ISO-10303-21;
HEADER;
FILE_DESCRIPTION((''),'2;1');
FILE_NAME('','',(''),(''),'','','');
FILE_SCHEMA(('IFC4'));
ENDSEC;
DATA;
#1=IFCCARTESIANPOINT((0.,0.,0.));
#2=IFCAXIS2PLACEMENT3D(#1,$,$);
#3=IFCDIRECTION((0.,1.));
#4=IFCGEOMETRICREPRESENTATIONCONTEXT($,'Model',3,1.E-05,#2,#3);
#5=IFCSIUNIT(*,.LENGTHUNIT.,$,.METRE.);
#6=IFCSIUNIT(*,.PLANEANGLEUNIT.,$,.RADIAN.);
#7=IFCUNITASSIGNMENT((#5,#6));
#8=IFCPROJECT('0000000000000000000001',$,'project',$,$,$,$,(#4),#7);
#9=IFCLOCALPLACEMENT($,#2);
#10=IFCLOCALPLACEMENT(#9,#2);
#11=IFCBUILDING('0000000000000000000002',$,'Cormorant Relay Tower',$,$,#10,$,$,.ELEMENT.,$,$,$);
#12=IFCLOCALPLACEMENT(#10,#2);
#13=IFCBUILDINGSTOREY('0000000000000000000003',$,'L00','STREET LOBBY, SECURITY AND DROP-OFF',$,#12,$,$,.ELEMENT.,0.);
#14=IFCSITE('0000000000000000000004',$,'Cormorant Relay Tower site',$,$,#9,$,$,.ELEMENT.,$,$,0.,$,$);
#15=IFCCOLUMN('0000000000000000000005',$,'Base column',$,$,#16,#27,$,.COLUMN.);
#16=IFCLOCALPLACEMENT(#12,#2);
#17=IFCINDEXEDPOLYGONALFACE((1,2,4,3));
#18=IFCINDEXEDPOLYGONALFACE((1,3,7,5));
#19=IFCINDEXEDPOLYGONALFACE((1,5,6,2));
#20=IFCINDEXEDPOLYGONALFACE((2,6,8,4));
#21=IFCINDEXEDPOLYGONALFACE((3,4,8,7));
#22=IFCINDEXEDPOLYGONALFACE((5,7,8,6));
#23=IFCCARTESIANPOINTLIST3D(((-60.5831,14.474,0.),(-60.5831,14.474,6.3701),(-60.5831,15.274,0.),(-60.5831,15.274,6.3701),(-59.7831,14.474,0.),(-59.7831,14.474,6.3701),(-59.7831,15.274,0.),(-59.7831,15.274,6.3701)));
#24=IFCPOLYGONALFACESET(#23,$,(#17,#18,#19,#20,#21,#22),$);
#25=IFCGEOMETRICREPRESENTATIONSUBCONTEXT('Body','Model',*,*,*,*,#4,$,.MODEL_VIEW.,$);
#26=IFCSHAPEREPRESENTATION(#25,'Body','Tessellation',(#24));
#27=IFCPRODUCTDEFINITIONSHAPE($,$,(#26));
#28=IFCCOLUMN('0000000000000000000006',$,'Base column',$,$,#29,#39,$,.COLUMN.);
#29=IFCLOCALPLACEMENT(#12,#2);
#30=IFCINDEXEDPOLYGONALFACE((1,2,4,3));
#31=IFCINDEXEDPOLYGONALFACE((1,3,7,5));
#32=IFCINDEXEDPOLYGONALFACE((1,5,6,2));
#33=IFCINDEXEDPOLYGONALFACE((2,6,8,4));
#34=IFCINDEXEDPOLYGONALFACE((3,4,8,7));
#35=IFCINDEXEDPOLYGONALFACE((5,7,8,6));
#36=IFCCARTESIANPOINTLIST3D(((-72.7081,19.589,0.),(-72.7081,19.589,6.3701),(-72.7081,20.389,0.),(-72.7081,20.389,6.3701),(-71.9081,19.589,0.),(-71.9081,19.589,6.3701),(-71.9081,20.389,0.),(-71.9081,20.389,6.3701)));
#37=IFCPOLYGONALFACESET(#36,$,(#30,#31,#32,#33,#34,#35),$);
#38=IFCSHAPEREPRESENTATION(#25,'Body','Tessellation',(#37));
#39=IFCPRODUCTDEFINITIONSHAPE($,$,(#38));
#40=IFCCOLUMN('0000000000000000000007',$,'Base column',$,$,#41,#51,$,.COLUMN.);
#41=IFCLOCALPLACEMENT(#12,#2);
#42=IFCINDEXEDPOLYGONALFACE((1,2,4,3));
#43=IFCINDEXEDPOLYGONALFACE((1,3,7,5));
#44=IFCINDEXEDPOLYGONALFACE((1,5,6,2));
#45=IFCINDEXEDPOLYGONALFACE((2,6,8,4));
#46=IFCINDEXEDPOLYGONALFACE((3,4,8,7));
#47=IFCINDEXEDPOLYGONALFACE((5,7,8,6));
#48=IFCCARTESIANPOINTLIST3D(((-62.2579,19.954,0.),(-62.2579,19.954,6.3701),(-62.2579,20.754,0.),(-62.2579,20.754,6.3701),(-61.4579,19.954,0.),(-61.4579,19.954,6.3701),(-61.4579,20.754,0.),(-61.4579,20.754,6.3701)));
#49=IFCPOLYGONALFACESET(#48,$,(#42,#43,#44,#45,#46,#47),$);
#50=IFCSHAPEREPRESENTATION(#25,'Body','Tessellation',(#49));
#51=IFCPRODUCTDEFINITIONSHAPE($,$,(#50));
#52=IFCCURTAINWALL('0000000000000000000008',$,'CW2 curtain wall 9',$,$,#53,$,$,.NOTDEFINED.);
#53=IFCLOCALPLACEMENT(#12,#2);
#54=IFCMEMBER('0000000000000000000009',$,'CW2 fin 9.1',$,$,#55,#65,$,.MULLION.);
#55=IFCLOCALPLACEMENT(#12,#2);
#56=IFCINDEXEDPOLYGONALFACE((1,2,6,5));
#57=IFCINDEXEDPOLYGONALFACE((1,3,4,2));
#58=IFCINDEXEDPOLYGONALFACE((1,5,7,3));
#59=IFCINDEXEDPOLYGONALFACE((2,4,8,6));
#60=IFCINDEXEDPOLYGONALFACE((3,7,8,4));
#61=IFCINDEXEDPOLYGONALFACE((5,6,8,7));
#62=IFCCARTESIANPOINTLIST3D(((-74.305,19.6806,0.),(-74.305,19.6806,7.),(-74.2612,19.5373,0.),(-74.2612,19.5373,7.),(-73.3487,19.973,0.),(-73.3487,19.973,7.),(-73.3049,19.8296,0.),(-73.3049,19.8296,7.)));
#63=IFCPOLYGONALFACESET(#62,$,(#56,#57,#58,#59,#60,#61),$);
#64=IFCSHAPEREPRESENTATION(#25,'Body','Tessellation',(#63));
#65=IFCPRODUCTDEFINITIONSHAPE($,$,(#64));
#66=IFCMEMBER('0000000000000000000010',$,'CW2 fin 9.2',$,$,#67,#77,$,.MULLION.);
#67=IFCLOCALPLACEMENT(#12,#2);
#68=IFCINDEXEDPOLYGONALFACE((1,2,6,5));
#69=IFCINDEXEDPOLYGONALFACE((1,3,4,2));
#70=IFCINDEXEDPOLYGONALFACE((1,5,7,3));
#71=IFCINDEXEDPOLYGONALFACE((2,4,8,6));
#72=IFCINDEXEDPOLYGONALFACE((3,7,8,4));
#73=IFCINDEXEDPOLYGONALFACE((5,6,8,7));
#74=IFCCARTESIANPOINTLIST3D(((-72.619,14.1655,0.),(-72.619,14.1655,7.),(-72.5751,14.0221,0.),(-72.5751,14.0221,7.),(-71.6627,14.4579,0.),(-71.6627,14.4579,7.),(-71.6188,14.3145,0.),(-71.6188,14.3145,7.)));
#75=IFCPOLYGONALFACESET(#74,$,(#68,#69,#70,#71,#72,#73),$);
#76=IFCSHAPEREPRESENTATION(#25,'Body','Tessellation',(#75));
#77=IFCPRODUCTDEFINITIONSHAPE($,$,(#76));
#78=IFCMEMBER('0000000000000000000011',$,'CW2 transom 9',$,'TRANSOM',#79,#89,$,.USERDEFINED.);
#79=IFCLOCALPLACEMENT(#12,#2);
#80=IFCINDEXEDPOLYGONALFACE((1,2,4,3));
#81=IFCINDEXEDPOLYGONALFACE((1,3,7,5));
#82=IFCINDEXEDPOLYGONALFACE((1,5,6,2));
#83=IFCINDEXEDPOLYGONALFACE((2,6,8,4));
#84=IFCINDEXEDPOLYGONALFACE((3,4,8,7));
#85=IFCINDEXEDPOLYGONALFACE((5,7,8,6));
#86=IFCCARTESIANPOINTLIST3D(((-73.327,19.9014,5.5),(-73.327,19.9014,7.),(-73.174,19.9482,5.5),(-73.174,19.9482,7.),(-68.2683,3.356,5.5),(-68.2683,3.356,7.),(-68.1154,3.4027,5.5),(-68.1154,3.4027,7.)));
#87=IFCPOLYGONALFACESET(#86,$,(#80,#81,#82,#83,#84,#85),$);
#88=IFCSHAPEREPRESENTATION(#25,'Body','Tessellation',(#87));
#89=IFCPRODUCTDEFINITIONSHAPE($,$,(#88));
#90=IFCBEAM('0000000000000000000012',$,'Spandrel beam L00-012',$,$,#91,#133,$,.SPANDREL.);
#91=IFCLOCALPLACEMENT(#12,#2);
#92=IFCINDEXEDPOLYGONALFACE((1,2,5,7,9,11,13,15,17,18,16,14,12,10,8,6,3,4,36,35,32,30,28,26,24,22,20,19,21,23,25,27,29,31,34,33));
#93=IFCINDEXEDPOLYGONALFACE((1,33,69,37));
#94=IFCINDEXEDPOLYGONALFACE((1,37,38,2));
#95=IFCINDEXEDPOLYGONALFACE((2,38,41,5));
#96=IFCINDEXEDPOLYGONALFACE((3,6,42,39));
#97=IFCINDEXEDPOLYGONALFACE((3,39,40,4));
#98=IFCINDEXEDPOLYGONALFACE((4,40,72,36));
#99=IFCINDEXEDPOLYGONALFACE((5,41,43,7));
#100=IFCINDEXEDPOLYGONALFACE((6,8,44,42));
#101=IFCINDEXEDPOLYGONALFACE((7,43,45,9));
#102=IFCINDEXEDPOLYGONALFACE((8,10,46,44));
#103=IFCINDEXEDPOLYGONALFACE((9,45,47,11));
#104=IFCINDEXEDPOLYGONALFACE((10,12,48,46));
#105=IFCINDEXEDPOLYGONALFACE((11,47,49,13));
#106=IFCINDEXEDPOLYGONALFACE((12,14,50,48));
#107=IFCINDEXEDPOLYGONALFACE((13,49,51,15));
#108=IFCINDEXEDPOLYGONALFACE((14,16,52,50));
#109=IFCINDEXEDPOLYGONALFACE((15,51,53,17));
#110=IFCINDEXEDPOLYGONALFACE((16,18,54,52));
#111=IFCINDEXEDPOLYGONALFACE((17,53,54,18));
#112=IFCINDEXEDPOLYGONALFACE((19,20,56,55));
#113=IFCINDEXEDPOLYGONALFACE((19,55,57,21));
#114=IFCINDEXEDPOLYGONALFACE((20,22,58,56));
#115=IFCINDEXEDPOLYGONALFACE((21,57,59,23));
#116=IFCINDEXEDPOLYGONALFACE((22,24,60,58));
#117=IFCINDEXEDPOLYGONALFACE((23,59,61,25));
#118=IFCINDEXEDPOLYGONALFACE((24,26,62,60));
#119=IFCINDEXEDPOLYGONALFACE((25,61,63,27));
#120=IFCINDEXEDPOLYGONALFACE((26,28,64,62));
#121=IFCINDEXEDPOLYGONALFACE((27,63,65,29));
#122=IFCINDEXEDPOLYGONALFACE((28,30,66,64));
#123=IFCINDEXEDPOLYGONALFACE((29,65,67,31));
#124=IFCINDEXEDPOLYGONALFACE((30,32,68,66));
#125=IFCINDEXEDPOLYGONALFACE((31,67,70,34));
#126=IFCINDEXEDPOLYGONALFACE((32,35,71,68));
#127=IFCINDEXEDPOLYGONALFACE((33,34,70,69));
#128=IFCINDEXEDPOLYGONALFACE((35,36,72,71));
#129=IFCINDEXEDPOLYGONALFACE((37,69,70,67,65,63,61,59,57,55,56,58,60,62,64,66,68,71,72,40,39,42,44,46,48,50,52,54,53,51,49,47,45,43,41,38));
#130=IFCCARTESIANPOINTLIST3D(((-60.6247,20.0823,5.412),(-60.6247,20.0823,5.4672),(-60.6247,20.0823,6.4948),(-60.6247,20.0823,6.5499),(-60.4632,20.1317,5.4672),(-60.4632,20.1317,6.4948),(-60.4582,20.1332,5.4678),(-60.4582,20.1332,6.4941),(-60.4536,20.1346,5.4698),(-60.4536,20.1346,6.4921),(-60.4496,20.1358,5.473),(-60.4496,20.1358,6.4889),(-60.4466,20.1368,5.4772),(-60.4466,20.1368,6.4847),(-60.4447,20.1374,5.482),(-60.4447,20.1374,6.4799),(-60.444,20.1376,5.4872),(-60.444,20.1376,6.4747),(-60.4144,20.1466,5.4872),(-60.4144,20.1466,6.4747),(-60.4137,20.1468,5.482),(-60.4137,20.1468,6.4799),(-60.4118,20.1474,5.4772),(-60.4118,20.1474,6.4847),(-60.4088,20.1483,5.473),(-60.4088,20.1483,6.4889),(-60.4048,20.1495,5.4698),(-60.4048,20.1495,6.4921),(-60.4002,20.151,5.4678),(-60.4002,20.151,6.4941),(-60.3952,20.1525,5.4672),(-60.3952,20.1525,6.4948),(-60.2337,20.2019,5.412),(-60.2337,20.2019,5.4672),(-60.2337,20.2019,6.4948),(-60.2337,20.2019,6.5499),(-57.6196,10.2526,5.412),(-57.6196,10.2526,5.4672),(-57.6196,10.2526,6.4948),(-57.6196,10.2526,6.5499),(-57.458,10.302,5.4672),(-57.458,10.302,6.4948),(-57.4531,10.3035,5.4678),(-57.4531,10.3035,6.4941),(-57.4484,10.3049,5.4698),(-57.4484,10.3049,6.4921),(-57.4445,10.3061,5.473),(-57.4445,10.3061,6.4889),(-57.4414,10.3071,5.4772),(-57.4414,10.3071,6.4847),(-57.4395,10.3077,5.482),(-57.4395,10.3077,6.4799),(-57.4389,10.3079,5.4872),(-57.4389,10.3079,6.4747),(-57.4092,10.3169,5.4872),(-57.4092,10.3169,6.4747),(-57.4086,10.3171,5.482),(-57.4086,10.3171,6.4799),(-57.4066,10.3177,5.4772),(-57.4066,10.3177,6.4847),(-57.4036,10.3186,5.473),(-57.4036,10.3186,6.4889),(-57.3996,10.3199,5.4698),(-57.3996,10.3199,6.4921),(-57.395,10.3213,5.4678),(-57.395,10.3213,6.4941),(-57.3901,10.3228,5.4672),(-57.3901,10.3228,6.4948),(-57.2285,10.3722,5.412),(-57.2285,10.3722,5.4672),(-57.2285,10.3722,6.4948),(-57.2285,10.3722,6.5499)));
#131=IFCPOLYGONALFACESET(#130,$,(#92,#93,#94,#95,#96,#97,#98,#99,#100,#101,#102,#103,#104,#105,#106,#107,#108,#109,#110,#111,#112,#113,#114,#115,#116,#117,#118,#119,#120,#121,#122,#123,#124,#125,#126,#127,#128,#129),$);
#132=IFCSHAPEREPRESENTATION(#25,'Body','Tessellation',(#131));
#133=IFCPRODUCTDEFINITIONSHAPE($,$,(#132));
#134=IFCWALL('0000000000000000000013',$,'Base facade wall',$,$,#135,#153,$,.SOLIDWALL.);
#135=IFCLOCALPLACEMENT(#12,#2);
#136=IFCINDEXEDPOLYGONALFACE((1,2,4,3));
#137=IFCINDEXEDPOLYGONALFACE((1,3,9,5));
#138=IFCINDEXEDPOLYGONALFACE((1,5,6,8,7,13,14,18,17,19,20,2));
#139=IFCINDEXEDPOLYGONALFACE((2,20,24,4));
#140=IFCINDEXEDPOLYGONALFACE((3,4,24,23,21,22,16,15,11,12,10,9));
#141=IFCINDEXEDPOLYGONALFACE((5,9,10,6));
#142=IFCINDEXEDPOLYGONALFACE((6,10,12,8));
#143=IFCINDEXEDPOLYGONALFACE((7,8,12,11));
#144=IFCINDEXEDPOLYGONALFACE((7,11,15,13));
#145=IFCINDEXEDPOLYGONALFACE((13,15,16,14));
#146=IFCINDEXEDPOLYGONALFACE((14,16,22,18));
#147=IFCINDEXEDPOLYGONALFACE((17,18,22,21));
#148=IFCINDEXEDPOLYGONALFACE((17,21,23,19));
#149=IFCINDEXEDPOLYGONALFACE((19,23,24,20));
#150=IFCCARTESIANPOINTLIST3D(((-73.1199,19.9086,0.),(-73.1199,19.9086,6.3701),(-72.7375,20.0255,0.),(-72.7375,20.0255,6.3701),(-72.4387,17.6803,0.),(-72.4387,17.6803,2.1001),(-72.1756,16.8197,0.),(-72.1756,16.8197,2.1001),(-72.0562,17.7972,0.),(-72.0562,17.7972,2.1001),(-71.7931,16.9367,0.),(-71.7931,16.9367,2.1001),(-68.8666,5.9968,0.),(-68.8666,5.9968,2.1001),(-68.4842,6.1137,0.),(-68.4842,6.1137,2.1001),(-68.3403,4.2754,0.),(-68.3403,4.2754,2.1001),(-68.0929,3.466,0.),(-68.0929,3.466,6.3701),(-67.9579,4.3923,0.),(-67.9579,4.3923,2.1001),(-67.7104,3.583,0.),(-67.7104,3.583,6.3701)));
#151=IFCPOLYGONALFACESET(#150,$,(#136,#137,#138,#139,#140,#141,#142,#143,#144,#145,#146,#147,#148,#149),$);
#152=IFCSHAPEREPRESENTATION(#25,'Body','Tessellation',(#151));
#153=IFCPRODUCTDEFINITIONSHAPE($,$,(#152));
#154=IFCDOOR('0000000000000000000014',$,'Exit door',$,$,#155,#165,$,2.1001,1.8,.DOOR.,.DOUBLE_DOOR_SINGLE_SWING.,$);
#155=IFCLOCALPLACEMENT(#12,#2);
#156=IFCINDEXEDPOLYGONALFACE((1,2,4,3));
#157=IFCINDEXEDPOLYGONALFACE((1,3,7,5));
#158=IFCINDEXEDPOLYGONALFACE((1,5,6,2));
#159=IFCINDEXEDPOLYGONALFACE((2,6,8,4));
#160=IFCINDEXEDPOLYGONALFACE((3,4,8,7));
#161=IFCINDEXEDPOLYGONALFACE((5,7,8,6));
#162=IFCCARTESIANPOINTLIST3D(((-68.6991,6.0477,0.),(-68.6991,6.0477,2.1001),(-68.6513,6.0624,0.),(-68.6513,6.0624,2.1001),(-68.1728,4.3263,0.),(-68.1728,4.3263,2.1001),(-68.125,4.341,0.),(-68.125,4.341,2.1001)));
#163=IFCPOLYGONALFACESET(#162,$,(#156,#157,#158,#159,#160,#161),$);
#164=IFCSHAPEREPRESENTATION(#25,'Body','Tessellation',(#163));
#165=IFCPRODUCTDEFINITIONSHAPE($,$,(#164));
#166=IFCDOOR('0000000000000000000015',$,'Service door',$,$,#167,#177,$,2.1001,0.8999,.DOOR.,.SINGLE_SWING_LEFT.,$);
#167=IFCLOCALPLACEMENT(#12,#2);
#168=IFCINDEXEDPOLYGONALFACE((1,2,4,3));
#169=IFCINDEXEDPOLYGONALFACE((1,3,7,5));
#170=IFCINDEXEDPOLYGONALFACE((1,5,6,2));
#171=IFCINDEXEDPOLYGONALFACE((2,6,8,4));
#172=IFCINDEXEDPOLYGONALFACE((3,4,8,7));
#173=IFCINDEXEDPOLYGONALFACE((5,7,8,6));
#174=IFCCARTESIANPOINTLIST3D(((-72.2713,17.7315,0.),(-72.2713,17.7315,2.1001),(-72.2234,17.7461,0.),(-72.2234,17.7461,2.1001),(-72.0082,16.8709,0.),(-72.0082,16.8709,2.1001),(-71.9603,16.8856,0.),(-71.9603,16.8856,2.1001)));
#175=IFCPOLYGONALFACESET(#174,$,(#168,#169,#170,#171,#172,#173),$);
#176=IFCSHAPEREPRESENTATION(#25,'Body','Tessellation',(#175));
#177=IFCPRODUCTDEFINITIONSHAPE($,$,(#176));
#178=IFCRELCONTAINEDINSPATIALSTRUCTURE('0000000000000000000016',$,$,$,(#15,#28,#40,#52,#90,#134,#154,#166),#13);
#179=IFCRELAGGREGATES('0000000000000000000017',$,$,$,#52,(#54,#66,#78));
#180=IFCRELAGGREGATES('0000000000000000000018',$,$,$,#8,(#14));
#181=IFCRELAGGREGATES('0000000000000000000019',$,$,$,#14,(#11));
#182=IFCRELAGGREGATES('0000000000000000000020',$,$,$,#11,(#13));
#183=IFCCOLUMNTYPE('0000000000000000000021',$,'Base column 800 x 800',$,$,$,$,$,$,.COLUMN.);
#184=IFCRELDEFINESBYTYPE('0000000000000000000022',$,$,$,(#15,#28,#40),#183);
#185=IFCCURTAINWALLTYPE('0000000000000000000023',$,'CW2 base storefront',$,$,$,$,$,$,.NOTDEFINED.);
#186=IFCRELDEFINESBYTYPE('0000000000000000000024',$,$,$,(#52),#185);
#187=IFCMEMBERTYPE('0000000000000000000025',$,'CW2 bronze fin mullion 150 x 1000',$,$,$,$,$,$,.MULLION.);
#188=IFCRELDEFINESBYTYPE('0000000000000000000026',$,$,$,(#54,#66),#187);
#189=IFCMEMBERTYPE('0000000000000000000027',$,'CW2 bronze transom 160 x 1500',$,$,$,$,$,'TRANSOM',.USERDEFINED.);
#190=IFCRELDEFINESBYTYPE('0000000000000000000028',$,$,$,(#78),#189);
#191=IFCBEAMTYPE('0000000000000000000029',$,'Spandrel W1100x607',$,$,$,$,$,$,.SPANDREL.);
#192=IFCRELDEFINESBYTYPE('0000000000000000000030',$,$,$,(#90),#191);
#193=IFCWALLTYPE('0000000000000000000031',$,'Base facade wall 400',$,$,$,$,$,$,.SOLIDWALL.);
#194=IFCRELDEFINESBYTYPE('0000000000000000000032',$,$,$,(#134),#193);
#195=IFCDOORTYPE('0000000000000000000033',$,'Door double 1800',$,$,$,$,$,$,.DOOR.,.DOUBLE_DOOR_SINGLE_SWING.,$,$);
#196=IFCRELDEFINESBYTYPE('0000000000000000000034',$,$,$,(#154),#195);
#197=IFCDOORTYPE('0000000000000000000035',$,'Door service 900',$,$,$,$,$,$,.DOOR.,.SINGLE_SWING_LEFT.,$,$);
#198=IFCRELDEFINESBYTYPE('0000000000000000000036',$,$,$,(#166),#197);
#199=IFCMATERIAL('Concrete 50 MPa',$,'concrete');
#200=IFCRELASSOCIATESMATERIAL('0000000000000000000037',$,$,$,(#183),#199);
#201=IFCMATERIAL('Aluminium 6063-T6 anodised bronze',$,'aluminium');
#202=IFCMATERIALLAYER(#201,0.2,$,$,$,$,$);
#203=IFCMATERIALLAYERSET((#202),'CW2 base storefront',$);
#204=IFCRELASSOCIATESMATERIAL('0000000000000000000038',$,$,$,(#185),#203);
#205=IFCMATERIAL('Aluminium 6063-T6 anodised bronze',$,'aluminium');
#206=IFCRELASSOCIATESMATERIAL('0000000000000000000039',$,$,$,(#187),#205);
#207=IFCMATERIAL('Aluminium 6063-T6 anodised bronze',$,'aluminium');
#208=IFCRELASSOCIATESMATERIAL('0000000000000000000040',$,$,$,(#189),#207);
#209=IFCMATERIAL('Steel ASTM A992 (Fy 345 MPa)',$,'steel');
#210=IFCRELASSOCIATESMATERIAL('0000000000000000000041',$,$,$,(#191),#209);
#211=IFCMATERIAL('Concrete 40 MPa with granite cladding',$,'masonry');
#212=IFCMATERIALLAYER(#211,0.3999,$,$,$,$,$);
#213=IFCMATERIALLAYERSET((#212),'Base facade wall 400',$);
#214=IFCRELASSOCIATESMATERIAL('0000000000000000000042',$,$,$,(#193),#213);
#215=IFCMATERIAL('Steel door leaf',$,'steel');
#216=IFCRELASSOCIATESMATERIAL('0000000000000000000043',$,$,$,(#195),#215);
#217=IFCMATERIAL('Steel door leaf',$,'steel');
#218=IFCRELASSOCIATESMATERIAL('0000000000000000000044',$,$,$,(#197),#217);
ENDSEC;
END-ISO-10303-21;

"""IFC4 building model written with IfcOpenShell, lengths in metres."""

from ifc_helpers import new_model, si_unit, direction, frame, frame_2d, origin, origin_2d, place, context, subcontext, project, spatial, rectangle, i_section, extrude, material, layer, layer_set, material_profile, profile_set, type_object, element, fill, aggregate, save


model = new_model("IFC4")

# Units and contexts
model_context = context("Model", 3, precision=1e-05, world=origin(), true_north=direction((0.0, 1.0)))
body_context = subcontext(model_context, "Body", "Model", "MODEL_VIEW")
ifc_project = project(units=[si_unit("LENGTHUNIT", "METRE"), si_unit("PLANEANGLEUNIT", "RADIAN")], contexts=[model_context])

# Site, building, storey
site_placement = place(None, origin())
site = spatial("IfcSite", under=ifc_project, at=site_placement, Name="Cormorant Relay Tower site", CompositionType="ELEMENT", RefElevation=0.0)
building_placement = place(site_placement, origin())
building = spatial("IfcBuilding", under=site, at=building_placement, Name="Cormorant Relay Tower", CompositionType="ELEMENT")
storey_placement = place(building_placement, origin())
storey = spatial("IfcBuildingStorey", under=building, at=storey_placement, Name="L00", Description="STREET LOBBY, SECURITY AND DROP-OFF", CompositionType="ELEMENT", Elevation=0.0)

# Columns
ifc_material_1 = material(Name="Concrete 50 MPa", Category="concrete")
ifc_material_profile_1 = material_profile(ifc_material_1, rectangle(XDim=0.8, YDim=0.8, at=origin_2d()), Name="RC 800x800")
ifc_profile_set_1 = profile_set([ifc_material_profile_1], Name="Concrete 50 MPa")
column_type = type_object("IfcColumnType", Name="Base column 800 x 800", PredefinedType="COLUMN", material=ifc_profile_set_1)
for number, where, z_axis, x_axis, name in (
    (1, (-60.1831, 14.874, 0.0), (0.0, 0.0, 1.0), (1.0, 0.0, 0.0), "Base column"),
    (2, (-72.3081, 19.989, 0.0), (0.0, 0.0, 1.0), (1.0, 0.0, 0.0), "Base column"),
    (3, (-61.8579, 20.354, 0.0), (0.0, 0.0, 1.0), (1.0, 0.0, 0.0), "Base column"),
):
    element("IfcColumn", number, at=place(storey_placement, frame(where, z_axis=z_axis, x_axis=x_axis)), inside=storey, type_object=column_type, Name=name, PredefinedType="COLUMN", context=body_context, shape_type="SweptSolid", body=[
        extrude(rectangle(XDim=0.8, YDim=0.8, at=origin_2d()), origin(), (0.0, 0.0, 1.0), 6.3701),
    ])

# Curtain wall, members
ifc_material_2 = material(Name="Aluminium 6063-T6 anodised bronze", Category="aluminium")
ifc_layer_1 = layer(ifc_material_2, 0.2)
ifc_layer_set_1 = layer_set([ifc_layer_1], Name="CW2 base storefront")
curtain_wall_type = type_object("IfcCurtainWallType", Name="CW2 base storefront", PredefinedType="NOTDEFINED", material=ifc_layer_set_1)
curtain_wall_placement = place(storey_placement, origin())
curtain_wall = element("IfcCurtainWall", 4, at=curtain_wall_placement, inside=storey, type_object=curtain_wall_type, Name="CW2 curtain wall 9", PredefinedType="NOTDEFINED")
ifc_material_3 = material(Name="Aluminium 6063-T6 anodised bronze", Category="aluminium")
ifc_material_profile_2 = material_profile(ifc_material_3, rectangle(XDim=0.1499, YDim=1.0, at=origin_2d()), Name="AL 150x1000")
ifc_profile_set_2 = profile_set([ifc_material_profile_2], Name="Aluminium 6063-T6 anodised bronze")
member_type_1 = type_object("IfcMemberType", Name="CW2 bronze fin mullion 150 x 1000", PredefinedType="MULLION", material=ifc_profile_set_2)
member_1_placement = place(storey_placement, frame((-73.8049, 19.7551, 0.0), z_axis=(0.0, 0.0, 1.0), x_axis=(0.292372, -0.956305, 0.0)))
member_1 = element("IfcMember", 5, at=member_1_placement, type_object=member_type_1, Name="CW2 fin 9.1", PredefinedType="MULLION", context=body_context, shape_type="SweptSolid", body=[
    extrude(rectangle(XDim=0.1499, YDim=1.0, at=origin_2d()), origin(), (0.0, 0.0, 1.0), 7.0),
])
member_2_placement = place(storey_placement, frame((-72.1189, 14.24, 0.0), z_axis=(0.0, 0.0, 1.0), x_axis=(0.292372, -0.956305, 0.0)))
member_2 = element("IfcMember", 6, at=member_2_placement, type_object=member_type_1, Name="CW2 fin 9.2", PredefinedType="MULLION", context=body_context, shape_type="SweptSolid", body=[
    extrude(rectangle(XDim=0.1499, YDim=1.0, at=origin_2d()), origin(), (0.0, 0.0, 1.0), 7.0),
])
ifc_material_4 = material(Name="Aluminium 6063-T6 anodised bronze", Category="aluminium")
ifc_material_profile_3 = material_profile(ifc_material_4, rectangle(XDim=0.1599, YDim=1.5, at=origin_2d()), Name="AL 160x1500")
ifc_profile_set_3 = profile_set([ifc_material_profile_3], Name="Aluminium 6063-T6 anodised bronze")
member_type_2 = type_object("IfcMemberType", Name="CW2 bronze transom 160 x 1500", ElementType="TRANSOM", PredefinedType="USERDEFINED", material=ifc_profile_set_3)
member_3_placement = place(storey_placement, frame((-73.2505, 19.9248, 6.25), z_axis=(0.29238, -0.956302, 0.0), x_axis=(0.956302, 0.29238, 0.0)))
member_3 = element("IfcMember", 7, at=member_3_placement, type_object=member_type_2, Name="CW2 transom 9", ObjectType="TRANSOM", PredefinedType="USERDEFINED", context=body_context, shape_type="SweptSolid", body=[
    extrude(rectangle(XDim=0.1599, YDim=1.5, at=origin_2d()), origin(), (0.0, 0.0, 1.0), 17.3015),
])
aggregate(curtain_wall, [member_1, member_2, member_3])

# Beam
ifc_material_5 = material(Name="Steel ASTM A992 (Fy 345 MPa)", Category="steel")
ifc_material_profile_4 = material_profile(ifc_material_5, i_section(OverallWidth=0.4089, OverallDepth=1.1379, WebThickness=0.031, FlangeThickness=0.0552, FilletRadius=0.02, at=origin_2d()), Name="W1100x607")
ifc_profile_set_4 = profile_set([ifc_material_profile_4], Name="Steel ASTM A992 (Fy 345 MPa)")
beam_type = type_object("IfcBeamType", Name="Spandrel W1100x607", PredefinedType="SPANDREL", material=ifc_profile_set_4)
beam_placement = place(storey_placement, frame((-60.4292, 20.1421, 5.981), z_axis=(0.292365, -0.956307, 0.0), x_axis=(0.956307, 0.292365, 0.0)))
element("IfcBeam", 8, at=beam_placement, inside=storey, type_object=beam_type, Name="Spandrel beam L00-012", PredefinedType="SPANDREL", context=body_context, shape_type="SweptSolid", body=[
    extrude(i_section(OverallWidth=0.4089, OverallDepth=1.1379, WebThickness=0.031, FlangeThickness=0.0552, FilletRadius=0.02, at=origin_2d()), origin(), (0.0, 0.0, 1.0), 10.2788),
])

# Wall, openings, doors
ifc_material_6 = material(Name="Concrete 40 MPa with granite cladding", Category="masonry")
ifc_layer_2 = layer(ifc_material_6, 0.3999)
ifc_layer_set_2 = layer_set([ifc_layer_2], Name="Base facade wall 400")
wall_type_1 = type_object("IfcWallType", Name="Base facade wall 400", PredefinedType="SOLIDWALL", material=ifc_layer_set_2)
wall_1_placement = place(storey_placement, frame((-72.9287, 19.967, 0.0), z_axis=(0.0, 0.0, 1.0), x_axis=(0.292376, -0.956303, 0.0)))
wall_1 = element("IfcWall", 9, at=wall_1_placement, inside=storey, type_object=wall_type_1, Name="Base facade wall", PredefinedType="SOLIDWALL", context=body_context, shape_type="SweptSolid", body=[
    extrude(rectangle(XDim=17.1938, YDim=0.3999, at=frame_2d((8.5969, 0.0))), origin(), (0.0, 0.0, 1.0), 6.3701),
])
opening_1_placement = place(wall_1_placement, frame((2.3301, 0.0, 0.0)))
opening_1 = element("IfcOpeningElement", 10, at=opening_1_placement, cuts=wall_1, PredefinedType="OPENING", context=body_context, shape_type="SweptSolid", body=[
    extrude(rectangle(XDim=0.8999, YDim=2.1001, at=frame_2d((0.45, 1.05))), frame((0.0, 0.21, 0.0), z_axis=(0.0, -1.0, 0.0), x_axis=(1.0, 0.0, 0.0)), (0.0, 0.0, 1.0), 0.4199),
])
opening_2_placement = place(wall_1_placement, frame((14.5476, 0.0, 0.0)))
opening_2 = element("IfcOpeningElement", 11, at=opening_2_placement, cuts=wall_1, PredefinedType="OPENING", context=body_context, shape_type="SweptSolid", body=[
    extrude(rectangle(XDim=1.8, YDim=2.1001, at=frame_2d((0.8999, 1.05))), frame((0.0, 0.21, 0.0), z_axis=(0.0, -1.0, 0.0), x_axis=(1.0, 0.0, 0.0)), (0.0, 0.0, 1.0), 0.4199),
])
ifc_material_7 = material(Name="Steel door leaf", Category="steel")
door_type_1 = type_object("IfcDoorType", Name="Door double 1800", OperationType="DOUBLE_DOOR_SINGLE_SWING", PredefinedType="DOOR", material=ifc_material_7)
door_1_placement = place(opening_2_placement, frame((1.8, 0.0, 0.0), z_axis=(0.0, 0.0, 1.0), x_axis=(-1.0, 0.0, 0.0)))
door_1 = element("IfcDoor", 12, at=door_1_placement, inside=storey, type_object=door_type_1, Name="Exit door", OperationType="DOUBLE_DOOR_SINGLE_SWING", OverallHeight=2.1001, OverallWidth=1.8, PredefinedType="DOOR", context=body_context, shape_type="SweptSolid", body=[
    extrude(rectangle(XDim=1.8, YDim=2.1001, at=frame_2d((0.8999, 1.05))), frame((0.0, 0.0249, 0.0), z_axis=(0.0, -1.0, 0.0), x_axis=(1.0, 0.0, 0.0)), (0.0, 0.0, 1.0), 0.05),
])
fill(opening_2, door_1)
ifc_material_8 = material(Name="Steel door leaf", Category="steel")
door_type_2 = type_object("IfcDoorType", Name="Door service 900", OperationType="SINGLE_SWING_LEFT", PredefinedType="DOOR", material=ifc_material_8)
door_2_placement = place(opening_1_placement, frame((0.8999, 0.0, 0.0), z_axis=(0.0, 0.0, 1.0), x_axis=(-1.0, 0.0, 0.0)))
door_2 = element("IfcDoor", 13, at=door_2_placement, inside=storey, type_object=door_type_2, Name="Service door", OperationType="SINGLE_SWING_LEFT", OverallHeight=2.1001, OverallWidth=0.8999, PredefinedType="DOOR", context=body_context, shape_type="SweptSolid", body=[
    extrude(rectangle(XDim=0.8999, YDim=2.1001, at=frame_2d((0.45, 1.05))), frame((0.0, 0.0249, 0.0), z_axis=(0.0, -1.0, 0.0), x_axis=(1.0, 0.0, 0.0)), (0.0, 0.0, 1.0), 0.05),
])
fill(opening_1, door_2)

save(model, "model.ifc")
